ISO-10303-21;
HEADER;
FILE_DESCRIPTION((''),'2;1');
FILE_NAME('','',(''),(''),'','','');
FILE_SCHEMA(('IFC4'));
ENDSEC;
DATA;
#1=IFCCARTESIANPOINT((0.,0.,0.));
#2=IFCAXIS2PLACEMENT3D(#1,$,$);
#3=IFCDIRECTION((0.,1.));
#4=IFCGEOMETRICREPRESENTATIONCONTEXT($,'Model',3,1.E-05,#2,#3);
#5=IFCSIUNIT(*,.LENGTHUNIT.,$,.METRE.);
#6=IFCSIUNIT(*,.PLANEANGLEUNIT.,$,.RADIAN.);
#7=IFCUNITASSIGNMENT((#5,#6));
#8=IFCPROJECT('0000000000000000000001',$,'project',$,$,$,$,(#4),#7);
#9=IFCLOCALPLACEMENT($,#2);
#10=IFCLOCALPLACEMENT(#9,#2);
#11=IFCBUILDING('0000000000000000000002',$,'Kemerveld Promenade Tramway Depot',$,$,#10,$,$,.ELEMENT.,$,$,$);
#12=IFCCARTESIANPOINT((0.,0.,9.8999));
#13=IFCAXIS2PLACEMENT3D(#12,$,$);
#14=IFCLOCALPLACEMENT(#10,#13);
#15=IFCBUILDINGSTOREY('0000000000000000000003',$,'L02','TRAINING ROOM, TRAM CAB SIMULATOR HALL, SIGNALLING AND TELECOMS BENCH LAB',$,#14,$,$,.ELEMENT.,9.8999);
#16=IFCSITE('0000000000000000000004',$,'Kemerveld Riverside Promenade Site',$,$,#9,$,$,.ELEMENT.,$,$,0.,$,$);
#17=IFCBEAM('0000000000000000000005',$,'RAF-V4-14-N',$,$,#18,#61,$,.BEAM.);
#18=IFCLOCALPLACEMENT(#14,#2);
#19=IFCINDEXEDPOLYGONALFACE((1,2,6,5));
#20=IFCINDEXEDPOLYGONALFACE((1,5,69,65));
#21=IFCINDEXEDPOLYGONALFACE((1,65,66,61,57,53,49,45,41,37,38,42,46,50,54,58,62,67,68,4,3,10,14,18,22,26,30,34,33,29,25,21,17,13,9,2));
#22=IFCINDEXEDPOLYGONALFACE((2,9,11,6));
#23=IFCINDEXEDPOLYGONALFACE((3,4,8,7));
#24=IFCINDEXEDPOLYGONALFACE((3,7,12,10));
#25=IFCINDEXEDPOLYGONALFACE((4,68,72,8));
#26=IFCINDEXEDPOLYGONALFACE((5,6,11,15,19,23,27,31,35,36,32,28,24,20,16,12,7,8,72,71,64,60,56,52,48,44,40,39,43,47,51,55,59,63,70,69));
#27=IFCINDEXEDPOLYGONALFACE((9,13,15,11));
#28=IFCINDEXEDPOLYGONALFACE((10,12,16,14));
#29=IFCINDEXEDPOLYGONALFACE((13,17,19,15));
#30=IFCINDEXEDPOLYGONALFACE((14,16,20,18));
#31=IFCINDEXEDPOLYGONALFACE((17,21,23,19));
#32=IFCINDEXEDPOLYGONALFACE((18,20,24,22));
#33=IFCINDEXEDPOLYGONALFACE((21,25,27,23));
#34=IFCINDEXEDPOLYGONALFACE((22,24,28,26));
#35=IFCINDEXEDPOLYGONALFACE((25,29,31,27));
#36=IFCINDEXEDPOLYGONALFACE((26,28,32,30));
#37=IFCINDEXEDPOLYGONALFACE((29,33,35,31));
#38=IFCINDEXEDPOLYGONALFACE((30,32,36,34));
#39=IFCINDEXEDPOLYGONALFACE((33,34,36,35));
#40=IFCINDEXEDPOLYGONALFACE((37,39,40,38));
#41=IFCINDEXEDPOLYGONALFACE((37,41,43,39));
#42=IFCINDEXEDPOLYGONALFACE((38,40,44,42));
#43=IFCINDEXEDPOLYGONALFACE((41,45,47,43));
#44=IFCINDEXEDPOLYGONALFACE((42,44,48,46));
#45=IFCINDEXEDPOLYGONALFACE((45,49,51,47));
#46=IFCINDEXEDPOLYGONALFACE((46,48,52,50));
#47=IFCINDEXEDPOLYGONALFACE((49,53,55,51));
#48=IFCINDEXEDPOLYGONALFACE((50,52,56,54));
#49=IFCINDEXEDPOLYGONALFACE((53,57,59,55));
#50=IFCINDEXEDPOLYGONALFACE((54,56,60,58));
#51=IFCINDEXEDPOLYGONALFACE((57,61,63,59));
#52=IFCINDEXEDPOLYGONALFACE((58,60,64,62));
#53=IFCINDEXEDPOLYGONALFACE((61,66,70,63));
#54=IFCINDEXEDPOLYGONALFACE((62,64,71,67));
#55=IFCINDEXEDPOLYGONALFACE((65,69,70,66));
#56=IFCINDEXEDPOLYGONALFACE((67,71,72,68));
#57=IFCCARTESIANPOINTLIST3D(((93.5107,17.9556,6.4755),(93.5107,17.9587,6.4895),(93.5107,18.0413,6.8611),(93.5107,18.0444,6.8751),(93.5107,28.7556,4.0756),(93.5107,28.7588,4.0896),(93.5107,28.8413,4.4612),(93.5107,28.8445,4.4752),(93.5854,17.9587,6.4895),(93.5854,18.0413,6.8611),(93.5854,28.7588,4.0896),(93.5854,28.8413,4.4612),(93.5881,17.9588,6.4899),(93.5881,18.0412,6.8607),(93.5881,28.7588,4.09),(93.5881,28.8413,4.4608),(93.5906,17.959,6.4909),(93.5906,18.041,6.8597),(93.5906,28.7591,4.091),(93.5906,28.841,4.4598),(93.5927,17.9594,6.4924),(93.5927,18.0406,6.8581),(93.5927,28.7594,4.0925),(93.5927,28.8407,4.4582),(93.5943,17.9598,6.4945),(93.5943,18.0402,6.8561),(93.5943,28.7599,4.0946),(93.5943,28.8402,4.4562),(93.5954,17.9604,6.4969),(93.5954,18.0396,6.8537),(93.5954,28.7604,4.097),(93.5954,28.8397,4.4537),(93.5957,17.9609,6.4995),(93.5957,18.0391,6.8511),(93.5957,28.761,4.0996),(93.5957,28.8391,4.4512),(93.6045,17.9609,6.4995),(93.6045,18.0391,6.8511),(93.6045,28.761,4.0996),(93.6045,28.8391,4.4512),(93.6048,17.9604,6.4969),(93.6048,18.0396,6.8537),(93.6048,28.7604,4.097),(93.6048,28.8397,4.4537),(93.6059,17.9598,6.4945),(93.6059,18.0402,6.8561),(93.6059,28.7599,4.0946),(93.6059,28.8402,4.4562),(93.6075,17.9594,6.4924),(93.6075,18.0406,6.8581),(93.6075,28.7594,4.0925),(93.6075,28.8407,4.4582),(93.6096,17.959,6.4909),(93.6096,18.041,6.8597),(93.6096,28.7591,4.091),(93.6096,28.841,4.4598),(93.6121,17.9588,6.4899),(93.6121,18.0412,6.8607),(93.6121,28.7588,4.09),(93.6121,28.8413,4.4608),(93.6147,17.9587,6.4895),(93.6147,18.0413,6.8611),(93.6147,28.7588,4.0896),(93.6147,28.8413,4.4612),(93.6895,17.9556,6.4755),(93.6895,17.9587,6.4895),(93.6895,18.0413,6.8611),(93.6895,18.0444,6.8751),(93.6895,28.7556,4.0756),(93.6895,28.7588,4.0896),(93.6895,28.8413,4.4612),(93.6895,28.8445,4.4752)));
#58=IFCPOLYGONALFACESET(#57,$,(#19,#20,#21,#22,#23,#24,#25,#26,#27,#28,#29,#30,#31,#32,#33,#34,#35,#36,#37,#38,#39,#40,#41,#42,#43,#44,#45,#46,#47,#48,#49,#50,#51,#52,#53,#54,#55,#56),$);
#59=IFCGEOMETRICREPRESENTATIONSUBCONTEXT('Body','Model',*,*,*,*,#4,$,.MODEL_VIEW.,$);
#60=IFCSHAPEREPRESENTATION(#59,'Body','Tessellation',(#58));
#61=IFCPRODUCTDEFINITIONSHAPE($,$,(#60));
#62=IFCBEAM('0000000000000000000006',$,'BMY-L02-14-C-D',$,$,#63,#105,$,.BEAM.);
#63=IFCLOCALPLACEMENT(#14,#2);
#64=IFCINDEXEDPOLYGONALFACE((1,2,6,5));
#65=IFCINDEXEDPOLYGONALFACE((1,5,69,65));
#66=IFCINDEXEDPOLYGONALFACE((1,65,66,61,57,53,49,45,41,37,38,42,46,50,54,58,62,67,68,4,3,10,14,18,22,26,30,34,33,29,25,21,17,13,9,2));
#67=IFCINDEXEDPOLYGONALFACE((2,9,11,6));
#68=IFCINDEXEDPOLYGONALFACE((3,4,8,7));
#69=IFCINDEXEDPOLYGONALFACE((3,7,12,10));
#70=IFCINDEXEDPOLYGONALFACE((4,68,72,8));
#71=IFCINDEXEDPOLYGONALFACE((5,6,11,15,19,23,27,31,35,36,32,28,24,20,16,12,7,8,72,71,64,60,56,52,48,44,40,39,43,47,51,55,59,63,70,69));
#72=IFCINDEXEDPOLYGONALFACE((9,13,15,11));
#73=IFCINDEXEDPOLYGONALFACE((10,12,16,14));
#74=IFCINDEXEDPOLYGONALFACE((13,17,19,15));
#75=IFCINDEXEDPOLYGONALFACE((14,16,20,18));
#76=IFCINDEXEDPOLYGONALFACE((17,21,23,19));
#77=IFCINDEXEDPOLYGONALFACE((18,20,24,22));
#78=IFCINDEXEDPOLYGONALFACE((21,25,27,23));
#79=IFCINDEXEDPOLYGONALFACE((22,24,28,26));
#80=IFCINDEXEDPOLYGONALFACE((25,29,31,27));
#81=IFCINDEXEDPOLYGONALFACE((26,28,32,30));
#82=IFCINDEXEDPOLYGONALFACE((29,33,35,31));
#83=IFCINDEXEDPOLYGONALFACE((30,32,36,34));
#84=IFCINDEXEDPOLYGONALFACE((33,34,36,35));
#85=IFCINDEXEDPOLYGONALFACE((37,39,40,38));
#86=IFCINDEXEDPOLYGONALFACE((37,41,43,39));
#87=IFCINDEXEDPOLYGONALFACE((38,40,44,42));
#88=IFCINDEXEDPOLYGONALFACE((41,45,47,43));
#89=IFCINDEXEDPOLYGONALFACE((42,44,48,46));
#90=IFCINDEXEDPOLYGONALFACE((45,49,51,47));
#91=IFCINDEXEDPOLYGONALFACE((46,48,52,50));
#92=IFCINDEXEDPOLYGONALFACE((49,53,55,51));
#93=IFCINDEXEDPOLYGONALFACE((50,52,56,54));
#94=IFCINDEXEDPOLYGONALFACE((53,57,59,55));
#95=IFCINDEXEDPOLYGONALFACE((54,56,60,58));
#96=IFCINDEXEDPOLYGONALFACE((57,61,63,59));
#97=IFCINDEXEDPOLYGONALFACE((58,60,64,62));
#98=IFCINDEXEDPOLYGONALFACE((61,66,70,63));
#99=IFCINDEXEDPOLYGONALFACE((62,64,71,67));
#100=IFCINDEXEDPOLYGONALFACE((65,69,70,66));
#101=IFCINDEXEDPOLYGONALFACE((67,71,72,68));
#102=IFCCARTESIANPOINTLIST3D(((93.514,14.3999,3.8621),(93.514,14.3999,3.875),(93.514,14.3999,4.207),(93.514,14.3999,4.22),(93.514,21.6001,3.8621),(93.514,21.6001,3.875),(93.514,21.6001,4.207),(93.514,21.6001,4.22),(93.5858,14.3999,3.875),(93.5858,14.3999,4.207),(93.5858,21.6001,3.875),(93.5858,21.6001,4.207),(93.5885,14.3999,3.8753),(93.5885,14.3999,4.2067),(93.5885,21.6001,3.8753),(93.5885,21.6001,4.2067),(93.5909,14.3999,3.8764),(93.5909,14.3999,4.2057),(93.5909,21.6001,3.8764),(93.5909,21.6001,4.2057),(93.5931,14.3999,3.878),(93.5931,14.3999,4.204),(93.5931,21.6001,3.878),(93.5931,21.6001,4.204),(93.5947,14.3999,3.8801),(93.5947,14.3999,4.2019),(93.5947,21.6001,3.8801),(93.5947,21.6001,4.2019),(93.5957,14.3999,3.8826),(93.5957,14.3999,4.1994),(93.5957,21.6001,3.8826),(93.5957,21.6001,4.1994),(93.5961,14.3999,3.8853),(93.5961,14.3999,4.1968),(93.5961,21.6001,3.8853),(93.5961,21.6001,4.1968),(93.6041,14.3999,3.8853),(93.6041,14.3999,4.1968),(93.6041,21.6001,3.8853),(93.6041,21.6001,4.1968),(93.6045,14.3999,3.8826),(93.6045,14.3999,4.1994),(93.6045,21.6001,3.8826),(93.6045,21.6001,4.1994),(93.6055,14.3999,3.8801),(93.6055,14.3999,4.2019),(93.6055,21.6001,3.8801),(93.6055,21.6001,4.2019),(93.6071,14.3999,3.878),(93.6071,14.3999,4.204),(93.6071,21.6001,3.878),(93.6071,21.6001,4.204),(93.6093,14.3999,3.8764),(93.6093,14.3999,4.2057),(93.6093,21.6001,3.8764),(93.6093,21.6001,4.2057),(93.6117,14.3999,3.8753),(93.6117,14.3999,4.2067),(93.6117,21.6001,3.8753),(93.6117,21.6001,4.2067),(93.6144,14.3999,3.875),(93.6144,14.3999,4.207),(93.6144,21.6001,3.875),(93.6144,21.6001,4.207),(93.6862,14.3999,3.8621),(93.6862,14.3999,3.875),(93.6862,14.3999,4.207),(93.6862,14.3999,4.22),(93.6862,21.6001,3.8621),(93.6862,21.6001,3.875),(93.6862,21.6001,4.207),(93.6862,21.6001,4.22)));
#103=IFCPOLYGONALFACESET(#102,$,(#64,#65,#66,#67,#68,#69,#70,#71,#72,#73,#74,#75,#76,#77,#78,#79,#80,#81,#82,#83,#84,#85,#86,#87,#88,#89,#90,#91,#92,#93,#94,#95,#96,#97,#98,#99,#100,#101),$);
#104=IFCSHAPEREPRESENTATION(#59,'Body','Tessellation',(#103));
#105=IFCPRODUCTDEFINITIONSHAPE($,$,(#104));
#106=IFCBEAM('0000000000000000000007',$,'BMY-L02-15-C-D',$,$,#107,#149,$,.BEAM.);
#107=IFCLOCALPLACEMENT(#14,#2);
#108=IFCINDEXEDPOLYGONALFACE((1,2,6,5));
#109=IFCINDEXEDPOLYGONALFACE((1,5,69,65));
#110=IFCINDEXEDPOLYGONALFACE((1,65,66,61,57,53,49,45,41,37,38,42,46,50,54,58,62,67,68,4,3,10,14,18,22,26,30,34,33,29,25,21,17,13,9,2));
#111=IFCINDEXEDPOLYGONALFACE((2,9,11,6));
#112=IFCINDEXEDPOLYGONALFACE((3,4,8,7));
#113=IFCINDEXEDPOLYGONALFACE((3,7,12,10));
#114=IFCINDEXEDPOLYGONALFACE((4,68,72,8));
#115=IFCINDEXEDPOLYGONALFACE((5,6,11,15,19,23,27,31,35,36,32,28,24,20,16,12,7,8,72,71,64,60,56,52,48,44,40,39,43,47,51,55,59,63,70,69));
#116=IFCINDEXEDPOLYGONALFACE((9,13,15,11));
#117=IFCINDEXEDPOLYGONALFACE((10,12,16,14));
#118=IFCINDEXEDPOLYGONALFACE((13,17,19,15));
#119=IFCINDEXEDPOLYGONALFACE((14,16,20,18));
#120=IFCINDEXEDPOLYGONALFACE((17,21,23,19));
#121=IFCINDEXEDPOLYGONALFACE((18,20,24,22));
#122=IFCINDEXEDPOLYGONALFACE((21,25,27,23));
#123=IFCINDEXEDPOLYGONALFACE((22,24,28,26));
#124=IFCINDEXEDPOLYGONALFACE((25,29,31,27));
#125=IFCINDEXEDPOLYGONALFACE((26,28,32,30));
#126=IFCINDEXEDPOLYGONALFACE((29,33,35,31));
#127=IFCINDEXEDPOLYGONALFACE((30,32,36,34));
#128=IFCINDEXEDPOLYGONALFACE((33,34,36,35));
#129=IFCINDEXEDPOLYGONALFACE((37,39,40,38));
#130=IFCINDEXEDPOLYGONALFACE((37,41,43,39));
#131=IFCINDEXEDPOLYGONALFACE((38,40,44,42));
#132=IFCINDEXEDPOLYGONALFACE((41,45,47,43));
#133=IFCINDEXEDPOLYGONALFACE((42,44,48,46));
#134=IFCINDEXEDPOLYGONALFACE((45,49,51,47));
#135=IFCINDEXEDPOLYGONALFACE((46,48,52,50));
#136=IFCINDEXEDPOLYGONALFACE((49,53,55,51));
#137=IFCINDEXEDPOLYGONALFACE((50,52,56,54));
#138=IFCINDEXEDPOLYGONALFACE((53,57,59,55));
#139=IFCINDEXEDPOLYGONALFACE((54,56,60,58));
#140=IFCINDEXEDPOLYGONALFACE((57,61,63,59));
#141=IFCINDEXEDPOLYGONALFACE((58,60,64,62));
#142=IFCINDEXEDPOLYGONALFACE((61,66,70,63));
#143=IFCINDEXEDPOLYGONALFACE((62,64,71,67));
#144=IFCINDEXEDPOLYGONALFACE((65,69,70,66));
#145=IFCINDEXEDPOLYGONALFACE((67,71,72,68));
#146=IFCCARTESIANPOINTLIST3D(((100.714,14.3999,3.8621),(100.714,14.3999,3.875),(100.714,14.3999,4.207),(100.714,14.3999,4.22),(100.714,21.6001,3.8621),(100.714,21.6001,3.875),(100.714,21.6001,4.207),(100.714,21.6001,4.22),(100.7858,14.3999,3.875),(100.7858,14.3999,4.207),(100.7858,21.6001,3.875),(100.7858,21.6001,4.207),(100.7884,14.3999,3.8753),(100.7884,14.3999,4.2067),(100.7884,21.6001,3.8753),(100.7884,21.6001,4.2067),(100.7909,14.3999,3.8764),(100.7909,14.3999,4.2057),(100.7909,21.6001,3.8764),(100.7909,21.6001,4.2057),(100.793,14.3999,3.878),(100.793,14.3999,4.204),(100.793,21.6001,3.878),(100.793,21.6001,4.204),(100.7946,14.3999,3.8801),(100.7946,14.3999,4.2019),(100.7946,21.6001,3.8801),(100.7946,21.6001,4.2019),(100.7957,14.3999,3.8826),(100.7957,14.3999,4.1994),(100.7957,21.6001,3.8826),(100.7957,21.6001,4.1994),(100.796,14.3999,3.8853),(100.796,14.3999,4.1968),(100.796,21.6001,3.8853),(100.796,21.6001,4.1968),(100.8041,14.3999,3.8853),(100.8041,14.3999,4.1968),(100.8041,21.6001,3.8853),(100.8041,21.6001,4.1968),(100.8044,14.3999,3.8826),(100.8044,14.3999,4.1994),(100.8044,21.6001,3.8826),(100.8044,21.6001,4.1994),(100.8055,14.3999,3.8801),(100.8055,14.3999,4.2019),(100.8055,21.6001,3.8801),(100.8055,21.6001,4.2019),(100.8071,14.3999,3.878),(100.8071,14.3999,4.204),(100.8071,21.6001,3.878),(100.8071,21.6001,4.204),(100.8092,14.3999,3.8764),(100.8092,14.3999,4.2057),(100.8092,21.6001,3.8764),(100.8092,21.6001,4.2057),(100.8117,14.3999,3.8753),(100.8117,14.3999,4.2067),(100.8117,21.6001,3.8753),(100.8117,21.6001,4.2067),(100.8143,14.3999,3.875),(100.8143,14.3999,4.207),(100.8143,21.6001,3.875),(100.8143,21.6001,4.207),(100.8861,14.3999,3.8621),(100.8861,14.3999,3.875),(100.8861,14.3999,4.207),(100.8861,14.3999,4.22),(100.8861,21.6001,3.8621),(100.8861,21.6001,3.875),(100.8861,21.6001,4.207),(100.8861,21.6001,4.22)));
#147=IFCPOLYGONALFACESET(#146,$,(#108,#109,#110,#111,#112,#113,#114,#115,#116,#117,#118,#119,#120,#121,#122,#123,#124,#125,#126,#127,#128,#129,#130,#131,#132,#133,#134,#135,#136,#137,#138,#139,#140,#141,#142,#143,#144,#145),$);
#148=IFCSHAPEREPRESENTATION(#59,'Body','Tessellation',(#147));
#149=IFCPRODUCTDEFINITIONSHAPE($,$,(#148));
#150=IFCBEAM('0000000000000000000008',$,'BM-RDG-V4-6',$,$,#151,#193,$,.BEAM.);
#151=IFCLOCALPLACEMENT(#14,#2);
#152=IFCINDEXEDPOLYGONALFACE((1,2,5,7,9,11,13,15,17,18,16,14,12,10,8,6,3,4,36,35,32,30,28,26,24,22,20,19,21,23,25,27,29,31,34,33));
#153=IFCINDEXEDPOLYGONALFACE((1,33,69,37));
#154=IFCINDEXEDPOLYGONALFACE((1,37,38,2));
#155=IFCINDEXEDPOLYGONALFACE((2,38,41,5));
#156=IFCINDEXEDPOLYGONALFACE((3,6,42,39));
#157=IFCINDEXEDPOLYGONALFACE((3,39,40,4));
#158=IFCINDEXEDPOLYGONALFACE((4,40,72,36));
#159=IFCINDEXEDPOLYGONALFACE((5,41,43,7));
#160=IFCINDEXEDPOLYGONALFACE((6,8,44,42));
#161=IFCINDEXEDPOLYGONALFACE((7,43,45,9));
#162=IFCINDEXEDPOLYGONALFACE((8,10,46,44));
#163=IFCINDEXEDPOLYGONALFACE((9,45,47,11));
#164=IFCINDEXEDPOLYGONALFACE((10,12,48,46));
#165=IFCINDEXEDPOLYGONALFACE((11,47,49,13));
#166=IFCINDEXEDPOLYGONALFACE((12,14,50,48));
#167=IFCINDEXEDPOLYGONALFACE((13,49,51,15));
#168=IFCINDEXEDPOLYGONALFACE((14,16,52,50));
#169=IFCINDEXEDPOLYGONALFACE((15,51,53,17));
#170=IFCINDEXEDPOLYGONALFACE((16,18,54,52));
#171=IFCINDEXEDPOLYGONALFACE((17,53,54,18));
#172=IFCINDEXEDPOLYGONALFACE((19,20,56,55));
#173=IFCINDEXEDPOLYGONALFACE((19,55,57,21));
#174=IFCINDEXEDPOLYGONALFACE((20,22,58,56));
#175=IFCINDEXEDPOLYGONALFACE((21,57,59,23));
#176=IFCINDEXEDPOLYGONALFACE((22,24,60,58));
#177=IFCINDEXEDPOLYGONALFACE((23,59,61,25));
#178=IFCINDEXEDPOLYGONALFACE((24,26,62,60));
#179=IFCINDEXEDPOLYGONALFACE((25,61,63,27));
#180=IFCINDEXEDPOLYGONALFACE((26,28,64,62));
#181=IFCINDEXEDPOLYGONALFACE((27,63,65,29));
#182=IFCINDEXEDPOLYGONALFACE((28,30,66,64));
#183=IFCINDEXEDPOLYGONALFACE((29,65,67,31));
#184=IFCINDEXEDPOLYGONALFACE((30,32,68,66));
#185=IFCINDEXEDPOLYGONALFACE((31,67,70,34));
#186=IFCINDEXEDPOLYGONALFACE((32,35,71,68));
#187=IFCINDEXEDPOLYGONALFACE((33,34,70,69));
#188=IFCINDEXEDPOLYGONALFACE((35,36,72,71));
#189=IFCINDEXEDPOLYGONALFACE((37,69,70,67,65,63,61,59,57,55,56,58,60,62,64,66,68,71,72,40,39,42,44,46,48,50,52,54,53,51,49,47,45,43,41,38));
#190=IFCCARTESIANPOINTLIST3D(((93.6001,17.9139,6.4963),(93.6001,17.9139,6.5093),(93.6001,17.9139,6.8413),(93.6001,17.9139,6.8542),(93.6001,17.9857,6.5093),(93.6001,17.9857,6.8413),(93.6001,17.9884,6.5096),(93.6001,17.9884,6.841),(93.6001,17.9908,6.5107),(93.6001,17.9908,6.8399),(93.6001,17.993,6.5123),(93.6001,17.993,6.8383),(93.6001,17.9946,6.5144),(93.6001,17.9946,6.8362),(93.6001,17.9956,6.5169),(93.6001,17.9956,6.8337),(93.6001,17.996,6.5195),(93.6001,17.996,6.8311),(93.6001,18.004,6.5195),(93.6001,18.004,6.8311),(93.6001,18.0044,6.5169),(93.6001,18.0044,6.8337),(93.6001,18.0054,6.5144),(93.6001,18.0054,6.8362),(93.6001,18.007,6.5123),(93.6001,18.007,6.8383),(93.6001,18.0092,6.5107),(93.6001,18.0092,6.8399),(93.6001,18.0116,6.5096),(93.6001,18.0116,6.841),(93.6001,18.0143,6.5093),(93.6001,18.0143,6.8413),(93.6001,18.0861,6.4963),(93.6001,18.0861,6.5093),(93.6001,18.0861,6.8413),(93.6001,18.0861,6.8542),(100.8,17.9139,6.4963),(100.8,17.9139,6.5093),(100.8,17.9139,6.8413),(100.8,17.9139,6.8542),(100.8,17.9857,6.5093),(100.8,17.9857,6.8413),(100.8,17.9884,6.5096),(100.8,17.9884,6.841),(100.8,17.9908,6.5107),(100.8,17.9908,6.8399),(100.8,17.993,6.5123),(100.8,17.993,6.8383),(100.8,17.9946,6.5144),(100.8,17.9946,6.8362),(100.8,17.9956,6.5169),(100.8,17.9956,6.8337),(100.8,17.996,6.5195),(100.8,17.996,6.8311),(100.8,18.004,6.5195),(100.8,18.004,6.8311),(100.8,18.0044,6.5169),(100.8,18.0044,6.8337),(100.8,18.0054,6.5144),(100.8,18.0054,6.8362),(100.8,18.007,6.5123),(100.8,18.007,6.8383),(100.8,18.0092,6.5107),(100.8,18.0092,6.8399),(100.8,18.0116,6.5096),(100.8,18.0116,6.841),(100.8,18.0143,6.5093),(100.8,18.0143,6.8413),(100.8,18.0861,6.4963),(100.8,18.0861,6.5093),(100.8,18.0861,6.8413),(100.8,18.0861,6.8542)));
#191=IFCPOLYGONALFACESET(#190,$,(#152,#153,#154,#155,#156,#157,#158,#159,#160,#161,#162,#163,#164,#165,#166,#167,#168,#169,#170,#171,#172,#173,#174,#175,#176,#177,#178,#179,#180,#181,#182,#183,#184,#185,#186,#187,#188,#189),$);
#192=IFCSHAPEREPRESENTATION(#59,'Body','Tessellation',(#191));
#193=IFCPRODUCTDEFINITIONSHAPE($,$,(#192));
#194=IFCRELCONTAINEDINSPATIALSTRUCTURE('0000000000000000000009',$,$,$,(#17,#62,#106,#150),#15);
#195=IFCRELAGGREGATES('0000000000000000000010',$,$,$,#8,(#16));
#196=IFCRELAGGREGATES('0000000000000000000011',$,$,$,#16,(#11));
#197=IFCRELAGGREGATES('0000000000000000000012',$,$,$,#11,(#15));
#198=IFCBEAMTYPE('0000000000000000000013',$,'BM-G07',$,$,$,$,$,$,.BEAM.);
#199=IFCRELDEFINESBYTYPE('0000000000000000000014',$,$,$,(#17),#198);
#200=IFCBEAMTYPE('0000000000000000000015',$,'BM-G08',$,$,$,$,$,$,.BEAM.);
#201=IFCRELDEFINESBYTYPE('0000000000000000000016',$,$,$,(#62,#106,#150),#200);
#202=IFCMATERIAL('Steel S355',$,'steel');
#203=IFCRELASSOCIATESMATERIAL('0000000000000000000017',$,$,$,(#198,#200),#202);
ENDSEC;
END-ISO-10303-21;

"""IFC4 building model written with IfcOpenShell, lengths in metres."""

from ifc_helpers import new_model, si_unit, direction, frame, origin, origin_2d, place, context, subcontext, project, spatial, i_section, extrude, material, material_profile, profile_set, type_object, element, save


model = new_model("IFC4")

# Units and contexts
model_context = context("Model", 3, precision=1e-05, world=origin(), true_north=direction((0.0, 1.0)))
body_context = subcontext(model_context, "Body", "Model", "MODEL_VIEW")
ifc_project = project(units=[si_unit("LENGTHUNIT", "METRE"), si_unit("PLANEANGLEUNIT", "RADIAN")], contexts=[model_context])

# Site, building, storey
site_placement = place(None, origin())
site = spatial("IfcSite", under=ifc_project, at=site_placement, Name="Kemerveld Riverside Promenade Site", CompositionType="ELEMENT", RefElevation=0.0)
building_placement = place(site_placement, origin())
building = spatial("IfcBuilding", under=site, at=building_placement, Name="Kemerveld Promenade Tramway Depot", CompositionType="ELEMENT")
storey_placement = place(building_placement, frame((0.0, 0.0, 9.8999)))
storey = spatial("IfcBuildingStorey", under=building, at=storey_placement, Name="L02", Description="TRAINING ROOM, TRAM CAB SIMULATOR HALL, SIGNALLING AND TELECOMS BENCH LAB", CompositionType="ELEMENT", Elevation=9.8999)

# Shared definitions
ifc_material_1 = material(Name="Steel S355", Category="steel")

# Beams
ifc_material_profile_1 = material_profile(ifc_material_1, i_section(OverallWidth=0.1787, OverallDepth=0.4094, WebThickness=0.0088, FlangeThickness=0.0144, FilletRadius=0.0103, at=origin_2d()), Name="406x178x67 UB")
ifc_profile_set_1 = profile_set([ifc_material_profile_1], Name="Steel S355")
beam_type_1 = type_object("IfcBeamType", Name="BM-G07", PredefinedType="BEAM", material=ifc_profile_set_1)
beam_1_placement = place(storey_placement, frame((93.6001, 18.0, 6.6753), z_axis=(0.0, 0.976189, -0.216921), x_axis=(-1.0, 0.0, 0.0)))
element("IfcBeam", 1, at=beam_1_placement, inside=storey, type_object=beam_type_1, Name="RAF-V4-14-N", PredefinedType="BEAM", context=body_context, shape_type="SweptSolid", body=[
    extrude(i_section(OverallWidth=0.1787, OverallDepth=0.4094, WebThickness=0.0088, FlangeThickness=0.0144, FilletRadius=0.0103, at=origin_2d()), origin(), (0.0, 0.0, 1.0), 11.0635),
])
ifc_material_profile_2 = material_profile(ifc_material_1, i_section(OverallWidth=0.1721, OverallDepth=0.3579, WebThickness=0.0081, FlangeThickness=0.0129, FilletRadius=0.0103, at=origin_2d()), Name="356x171x57 UB")
ifc_profile_set_2 = profile_set([ifc_material_profile_2], Name="Steel S355")
beam_type_2 = type_object("IfcBeamType", Name="BM-G08", PredefinedType="BEAM", material=ifc_profile_set_2)
for number, where, z_axis, x_axis, name in (
    (2, (93.6001, 14.3999, 4.041), (0.0, 1.0, 0.0), (-1.0, 0.0, 0.0), "BMY-L02-14-C-D"),
    (3, (100.8, 14.3999, 4.041), (0.0, 1.0, 0.0), (-1.0, 0.0, 0.0), "BMY-L02-15-C-D"),
):
    element("IfcBeam", number, at=place(storey_placement, frame(where, z_axis=z_axis, x_axis=x_axis)), inside=storey, type_object=beam_type_2, Name=name, PredefinedType="BEAM", context=body_context, shape_type="SweptSolid", body=[
        extrude(i_section(OverallWidth=0.1721, OverallDepth=0.3579, WebThickness=0.0081, FlangeThickness=0.0129, FilletRadius=0.0103, at=origin_2d()), origin(), (0.0, 0.0, 1.0), 7.2002),
    ])
beam_2_placement = place(storey_placement, frame((93.6001, 18.0, 6.6753), z_axis=(1.0, 0.0, 0.0), x_axis=(0.0, 1.0, 0.0)))
element("IfcBeam", 4, at=beam_2_placement, inside=storey, type_object=beam_type_2, Name="BM-RDG-V4-6", PredefinedType="BEAM", context=body_context, shape_type="SweptSolid", body=[
    extrude(i_section(OverallWidth=0.1721, OverallDepth=0.3579, WebThickness=0.0081, FlangeThickness=0.0129, FilletRadius=0.0103, at=origin_2d()), origin(), (0.0, 0.0, 1.0), 7.2),
])

save(model, "model.ifc")
